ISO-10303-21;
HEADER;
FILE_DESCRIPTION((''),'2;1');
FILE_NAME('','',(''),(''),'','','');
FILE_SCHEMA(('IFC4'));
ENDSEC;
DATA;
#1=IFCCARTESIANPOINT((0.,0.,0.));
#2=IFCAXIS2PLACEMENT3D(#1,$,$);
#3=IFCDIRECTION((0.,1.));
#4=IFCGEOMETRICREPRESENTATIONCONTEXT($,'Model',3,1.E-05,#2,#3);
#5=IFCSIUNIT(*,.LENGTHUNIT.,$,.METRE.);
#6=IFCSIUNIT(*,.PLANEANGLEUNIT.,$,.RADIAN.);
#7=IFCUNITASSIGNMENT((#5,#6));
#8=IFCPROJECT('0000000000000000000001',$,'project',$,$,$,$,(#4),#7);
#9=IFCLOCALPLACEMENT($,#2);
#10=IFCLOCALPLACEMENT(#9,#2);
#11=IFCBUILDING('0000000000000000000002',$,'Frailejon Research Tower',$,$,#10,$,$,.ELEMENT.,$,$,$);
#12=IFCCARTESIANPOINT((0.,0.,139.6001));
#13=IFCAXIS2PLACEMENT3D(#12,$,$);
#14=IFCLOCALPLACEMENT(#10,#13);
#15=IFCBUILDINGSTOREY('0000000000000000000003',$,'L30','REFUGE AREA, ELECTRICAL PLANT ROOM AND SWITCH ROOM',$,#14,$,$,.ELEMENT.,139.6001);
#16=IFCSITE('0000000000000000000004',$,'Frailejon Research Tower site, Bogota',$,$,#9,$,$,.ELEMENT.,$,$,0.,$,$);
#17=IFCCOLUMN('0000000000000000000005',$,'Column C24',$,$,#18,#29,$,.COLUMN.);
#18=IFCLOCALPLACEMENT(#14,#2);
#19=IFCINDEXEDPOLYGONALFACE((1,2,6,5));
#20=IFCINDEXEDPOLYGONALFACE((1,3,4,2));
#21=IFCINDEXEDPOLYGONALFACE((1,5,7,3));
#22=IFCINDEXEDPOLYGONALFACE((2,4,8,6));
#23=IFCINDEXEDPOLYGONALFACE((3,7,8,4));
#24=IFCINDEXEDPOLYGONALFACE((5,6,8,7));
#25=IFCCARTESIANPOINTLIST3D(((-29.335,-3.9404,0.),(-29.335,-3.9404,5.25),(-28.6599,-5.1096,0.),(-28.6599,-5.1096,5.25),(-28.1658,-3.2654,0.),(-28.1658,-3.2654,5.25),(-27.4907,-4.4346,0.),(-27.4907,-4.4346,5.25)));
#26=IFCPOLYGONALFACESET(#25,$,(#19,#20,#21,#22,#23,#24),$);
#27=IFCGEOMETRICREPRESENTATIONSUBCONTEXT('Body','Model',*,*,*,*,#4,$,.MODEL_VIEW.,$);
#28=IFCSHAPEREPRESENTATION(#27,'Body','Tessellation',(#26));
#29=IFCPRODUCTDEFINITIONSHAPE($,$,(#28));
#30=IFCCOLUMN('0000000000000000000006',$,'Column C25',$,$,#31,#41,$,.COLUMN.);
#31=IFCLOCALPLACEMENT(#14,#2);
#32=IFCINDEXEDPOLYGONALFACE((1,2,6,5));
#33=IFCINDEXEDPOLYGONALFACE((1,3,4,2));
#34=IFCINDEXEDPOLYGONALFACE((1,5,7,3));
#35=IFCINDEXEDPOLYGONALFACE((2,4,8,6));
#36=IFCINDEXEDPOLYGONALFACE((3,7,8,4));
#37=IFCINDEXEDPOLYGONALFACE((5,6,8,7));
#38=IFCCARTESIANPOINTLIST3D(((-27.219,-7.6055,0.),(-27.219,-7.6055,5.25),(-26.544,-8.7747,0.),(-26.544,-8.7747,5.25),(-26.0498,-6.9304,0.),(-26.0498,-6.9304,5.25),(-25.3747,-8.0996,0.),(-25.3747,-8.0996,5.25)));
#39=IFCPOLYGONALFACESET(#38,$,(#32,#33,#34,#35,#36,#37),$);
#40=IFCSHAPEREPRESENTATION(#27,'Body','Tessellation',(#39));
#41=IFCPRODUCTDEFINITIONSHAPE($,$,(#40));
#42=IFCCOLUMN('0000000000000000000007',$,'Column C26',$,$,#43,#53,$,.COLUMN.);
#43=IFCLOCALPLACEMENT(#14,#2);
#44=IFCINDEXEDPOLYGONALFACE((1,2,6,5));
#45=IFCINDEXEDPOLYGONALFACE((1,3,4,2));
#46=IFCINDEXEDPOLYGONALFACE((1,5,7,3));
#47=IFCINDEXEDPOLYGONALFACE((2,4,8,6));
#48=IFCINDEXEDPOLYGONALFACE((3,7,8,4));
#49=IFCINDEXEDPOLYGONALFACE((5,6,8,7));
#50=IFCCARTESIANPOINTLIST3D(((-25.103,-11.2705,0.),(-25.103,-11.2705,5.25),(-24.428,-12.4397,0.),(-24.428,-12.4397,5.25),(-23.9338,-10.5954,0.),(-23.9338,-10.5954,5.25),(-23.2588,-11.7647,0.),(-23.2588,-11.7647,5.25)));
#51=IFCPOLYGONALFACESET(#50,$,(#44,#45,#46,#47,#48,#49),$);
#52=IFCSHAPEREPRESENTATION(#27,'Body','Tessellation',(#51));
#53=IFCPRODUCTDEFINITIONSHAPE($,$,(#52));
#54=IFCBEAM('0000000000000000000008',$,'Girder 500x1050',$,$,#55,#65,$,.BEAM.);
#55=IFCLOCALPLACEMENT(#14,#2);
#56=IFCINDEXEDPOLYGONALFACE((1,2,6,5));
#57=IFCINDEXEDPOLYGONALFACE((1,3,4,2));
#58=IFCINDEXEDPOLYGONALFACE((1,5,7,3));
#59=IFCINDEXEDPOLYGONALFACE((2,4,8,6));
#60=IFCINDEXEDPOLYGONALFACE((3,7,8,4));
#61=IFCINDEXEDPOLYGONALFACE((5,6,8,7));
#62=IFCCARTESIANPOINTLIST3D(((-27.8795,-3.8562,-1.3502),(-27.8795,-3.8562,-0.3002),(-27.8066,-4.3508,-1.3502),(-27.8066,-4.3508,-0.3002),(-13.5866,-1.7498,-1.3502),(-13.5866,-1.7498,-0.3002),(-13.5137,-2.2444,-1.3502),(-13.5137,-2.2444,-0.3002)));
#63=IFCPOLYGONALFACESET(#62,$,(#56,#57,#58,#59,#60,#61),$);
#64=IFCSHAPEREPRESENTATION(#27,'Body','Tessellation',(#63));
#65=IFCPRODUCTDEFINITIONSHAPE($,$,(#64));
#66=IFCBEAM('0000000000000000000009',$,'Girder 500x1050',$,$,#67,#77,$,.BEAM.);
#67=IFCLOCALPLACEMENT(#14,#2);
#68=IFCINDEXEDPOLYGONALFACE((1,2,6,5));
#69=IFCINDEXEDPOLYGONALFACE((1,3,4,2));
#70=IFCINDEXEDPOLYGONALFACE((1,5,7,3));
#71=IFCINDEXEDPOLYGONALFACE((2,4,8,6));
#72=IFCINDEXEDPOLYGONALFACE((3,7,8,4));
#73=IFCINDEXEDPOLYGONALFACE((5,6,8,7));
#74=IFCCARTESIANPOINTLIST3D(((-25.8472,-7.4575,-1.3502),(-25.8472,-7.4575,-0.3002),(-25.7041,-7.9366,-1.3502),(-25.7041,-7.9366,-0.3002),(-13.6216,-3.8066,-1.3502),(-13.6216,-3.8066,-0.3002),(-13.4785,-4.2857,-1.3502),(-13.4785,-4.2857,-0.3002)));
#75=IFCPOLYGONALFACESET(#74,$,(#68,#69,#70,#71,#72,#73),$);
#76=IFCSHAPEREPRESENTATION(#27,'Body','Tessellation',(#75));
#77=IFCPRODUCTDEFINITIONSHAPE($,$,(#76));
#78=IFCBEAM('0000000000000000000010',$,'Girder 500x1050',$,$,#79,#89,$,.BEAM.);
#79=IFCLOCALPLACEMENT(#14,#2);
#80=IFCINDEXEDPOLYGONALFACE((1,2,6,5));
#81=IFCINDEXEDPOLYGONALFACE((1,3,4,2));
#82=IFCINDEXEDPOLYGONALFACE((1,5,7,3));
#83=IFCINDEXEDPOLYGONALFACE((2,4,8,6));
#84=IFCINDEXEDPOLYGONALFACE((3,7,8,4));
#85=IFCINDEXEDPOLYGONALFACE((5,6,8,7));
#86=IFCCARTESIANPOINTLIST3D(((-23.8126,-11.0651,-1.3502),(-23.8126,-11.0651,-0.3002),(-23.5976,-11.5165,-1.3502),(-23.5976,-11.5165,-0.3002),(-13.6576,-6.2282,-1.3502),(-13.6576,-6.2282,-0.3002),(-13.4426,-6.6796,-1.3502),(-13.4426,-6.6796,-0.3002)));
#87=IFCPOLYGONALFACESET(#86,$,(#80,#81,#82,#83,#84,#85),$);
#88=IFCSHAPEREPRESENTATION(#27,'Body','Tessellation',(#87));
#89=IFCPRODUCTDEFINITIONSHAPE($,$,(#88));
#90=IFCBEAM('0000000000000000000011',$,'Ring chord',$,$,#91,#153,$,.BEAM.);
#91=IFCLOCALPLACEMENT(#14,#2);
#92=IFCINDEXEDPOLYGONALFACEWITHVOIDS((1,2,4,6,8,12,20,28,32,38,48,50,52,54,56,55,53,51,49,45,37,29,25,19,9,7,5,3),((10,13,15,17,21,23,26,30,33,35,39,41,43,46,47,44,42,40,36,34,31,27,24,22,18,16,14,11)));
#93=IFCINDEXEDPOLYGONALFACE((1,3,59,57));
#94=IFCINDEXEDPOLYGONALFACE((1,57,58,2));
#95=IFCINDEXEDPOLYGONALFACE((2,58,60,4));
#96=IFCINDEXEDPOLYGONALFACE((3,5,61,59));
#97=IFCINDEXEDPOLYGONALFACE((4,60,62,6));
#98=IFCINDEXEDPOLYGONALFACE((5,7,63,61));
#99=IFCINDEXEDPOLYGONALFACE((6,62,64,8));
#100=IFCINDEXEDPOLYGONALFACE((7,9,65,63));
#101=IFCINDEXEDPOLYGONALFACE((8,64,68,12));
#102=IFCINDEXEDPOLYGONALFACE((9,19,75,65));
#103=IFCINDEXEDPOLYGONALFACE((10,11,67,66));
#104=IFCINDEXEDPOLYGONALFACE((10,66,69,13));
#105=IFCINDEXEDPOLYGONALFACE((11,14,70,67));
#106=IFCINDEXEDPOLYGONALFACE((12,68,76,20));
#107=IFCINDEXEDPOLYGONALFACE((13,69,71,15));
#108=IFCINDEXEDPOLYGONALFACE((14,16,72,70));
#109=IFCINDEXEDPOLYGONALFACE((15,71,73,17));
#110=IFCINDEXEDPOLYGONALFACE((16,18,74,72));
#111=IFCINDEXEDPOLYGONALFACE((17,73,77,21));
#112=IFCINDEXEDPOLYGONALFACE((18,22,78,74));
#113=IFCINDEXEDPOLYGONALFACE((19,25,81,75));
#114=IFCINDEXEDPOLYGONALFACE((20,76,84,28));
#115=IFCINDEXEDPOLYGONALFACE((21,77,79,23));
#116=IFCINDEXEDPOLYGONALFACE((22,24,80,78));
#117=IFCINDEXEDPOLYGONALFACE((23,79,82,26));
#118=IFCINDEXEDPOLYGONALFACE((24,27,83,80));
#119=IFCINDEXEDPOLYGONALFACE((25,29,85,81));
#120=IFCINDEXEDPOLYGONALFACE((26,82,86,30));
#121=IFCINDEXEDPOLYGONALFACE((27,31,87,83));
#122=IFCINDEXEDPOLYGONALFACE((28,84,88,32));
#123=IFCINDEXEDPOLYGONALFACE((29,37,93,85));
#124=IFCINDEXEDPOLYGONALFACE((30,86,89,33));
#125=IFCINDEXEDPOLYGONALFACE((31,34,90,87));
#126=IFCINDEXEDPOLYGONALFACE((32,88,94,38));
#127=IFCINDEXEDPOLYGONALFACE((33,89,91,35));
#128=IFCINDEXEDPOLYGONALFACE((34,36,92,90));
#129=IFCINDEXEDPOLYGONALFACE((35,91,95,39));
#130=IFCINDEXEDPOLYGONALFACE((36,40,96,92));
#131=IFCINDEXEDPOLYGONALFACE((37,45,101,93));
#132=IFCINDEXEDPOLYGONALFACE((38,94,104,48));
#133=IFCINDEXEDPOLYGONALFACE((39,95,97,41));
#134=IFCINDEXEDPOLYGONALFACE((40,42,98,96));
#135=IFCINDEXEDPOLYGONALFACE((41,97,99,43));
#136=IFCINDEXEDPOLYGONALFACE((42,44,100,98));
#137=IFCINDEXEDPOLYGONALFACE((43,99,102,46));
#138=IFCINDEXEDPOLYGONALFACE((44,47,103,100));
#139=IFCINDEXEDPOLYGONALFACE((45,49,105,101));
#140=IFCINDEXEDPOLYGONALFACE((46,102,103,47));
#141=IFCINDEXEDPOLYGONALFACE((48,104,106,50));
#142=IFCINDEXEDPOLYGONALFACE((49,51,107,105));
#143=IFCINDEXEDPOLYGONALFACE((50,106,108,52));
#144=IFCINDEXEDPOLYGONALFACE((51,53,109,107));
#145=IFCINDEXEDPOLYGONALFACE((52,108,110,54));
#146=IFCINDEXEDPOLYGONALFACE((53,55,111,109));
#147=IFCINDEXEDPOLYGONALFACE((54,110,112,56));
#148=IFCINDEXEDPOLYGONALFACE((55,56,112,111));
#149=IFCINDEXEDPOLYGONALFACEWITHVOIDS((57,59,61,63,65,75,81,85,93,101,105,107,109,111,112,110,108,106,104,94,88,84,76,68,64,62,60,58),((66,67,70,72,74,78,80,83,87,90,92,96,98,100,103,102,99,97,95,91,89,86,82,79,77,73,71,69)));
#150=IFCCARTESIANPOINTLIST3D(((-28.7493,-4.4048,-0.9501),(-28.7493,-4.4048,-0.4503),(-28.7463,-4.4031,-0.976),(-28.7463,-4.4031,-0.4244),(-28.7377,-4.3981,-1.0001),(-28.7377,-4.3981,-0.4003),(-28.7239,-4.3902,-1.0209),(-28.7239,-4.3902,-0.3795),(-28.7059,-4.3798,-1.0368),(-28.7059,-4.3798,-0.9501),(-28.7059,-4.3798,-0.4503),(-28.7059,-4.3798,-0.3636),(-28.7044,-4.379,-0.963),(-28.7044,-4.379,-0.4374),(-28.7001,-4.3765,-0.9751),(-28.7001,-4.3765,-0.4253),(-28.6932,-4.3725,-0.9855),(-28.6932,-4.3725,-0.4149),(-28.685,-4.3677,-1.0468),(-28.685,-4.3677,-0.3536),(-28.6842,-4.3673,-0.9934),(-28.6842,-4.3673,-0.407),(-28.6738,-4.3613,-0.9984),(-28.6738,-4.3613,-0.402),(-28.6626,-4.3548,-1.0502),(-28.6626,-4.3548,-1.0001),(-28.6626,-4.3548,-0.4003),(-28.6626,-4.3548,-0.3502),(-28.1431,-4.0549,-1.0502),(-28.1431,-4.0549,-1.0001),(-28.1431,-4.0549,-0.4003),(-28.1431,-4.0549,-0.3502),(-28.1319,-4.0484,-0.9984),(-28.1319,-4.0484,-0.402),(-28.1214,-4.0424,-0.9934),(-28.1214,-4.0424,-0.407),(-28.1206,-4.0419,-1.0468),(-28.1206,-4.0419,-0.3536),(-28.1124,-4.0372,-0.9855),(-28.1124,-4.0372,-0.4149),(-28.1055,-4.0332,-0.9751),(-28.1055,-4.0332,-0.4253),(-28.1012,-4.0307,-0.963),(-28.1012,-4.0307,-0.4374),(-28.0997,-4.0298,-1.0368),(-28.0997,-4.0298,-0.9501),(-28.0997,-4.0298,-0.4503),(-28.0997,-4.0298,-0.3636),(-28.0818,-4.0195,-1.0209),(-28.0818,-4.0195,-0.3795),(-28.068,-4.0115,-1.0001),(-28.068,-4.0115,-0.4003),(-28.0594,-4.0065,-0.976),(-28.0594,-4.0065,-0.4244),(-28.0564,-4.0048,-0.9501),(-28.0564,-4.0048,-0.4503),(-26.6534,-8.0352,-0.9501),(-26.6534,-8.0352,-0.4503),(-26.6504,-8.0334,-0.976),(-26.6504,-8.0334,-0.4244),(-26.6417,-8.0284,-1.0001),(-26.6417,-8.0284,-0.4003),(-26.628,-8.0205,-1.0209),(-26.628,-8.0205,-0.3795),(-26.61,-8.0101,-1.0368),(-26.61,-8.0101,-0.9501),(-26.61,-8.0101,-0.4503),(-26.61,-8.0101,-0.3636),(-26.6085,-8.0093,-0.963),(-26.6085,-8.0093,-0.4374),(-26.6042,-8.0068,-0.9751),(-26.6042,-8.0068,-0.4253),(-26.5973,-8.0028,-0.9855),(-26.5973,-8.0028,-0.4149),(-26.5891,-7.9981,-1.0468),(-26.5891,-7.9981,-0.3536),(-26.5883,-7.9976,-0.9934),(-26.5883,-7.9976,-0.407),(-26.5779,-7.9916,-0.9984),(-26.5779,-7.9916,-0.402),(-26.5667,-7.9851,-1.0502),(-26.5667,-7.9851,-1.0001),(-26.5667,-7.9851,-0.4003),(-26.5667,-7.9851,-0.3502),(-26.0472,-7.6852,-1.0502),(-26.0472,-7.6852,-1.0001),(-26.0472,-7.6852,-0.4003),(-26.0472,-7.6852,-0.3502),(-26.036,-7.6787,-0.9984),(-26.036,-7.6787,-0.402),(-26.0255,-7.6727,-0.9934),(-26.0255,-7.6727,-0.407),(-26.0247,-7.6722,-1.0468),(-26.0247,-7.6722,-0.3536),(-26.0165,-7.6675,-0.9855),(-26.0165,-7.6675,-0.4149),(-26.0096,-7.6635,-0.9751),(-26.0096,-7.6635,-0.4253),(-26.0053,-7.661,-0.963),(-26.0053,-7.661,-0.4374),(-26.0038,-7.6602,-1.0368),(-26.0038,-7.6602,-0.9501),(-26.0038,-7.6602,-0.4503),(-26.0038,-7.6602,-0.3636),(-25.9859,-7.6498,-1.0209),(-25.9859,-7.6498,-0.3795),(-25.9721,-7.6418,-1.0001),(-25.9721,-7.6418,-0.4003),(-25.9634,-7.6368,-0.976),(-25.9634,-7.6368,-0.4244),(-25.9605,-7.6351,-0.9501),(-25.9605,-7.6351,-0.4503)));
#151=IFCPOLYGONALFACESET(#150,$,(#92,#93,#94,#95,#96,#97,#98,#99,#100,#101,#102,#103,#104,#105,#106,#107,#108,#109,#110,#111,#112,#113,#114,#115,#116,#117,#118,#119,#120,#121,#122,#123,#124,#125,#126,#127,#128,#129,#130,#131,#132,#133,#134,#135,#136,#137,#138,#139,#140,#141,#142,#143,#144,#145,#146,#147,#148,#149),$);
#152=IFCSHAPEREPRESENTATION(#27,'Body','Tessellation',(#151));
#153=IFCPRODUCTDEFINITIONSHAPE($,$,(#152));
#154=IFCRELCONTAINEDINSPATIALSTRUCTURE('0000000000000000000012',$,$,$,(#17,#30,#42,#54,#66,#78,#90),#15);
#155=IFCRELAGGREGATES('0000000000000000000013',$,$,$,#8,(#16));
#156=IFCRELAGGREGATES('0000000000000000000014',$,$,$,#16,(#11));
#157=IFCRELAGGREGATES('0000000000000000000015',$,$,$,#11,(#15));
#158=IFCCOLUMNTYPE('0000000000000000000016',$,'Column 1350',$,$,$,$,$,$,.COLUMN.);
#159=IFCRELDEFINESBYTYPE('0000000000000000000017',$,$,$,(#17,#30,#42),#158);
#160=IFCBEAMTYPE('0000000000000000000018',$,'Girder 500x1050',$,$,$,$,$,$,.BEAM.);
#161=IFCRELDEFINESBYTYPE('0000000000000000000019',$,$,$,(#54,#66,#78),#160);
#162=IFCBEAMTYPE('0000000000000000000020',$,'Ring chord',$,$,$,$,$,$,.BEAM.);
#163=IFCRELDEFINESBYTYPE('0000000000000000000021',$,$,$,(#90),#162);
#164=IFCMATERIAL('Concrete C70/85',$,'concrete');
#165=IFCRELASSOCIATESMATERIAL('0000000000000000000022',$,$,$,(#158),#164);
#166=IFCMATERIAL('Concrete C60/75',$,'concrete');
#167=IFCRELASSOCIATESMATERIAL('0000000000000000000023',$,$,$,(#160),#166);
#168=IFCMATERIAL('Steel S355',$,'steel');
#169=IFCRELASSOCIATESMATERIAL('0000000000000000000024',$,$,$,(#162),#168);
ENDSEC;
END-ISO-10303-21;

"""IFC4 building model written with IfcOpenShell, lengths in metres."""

from ifc_helpers import new_model, si_unit, direction, frame, origin, origin_2d, place, context, subcontext, project, spatial, rectangle, hollow_rectangle, extrude, material, material_profile, profile_set, type_object, element, save


model = new_model("IFC4")

# Units and contexts
model_context = context("Model", 3, precision=1e-05, world=origin(), true_north=direction((0.0, 1.0)))
body_context = subcontext(model_context, "Body", "Model", "MODEL_VIEW")
ifc_project = project(units=[si_unit("LENGTHUNIT", "METRE"), si_unit("PLANEANGLEUNIT", "RADIAN")], contexts=[model_context])

# Site, building, storey
site_placement = place(None, origin())
site = spatial("IfcSite", under=ifc_project, at=site_placement, Name="Frailejon Research Tower site, Bogota", CompositionType="ELEMENT", RefElevation=0.0)
building_placement = place(site_placement, origin())
building = spatial("IfcBuilding", under=site, at=building_placement, Name="Frailejon Research Tower", CompositionType="ELEMENT")
storey_placement = place(building_placement, frame((0.0, 0.0, 139.6001)))
storey = spatial("IfcBuildingStorey", under=building, at=storey_placement, Name="L30", Description="REFUGE AREA, ELECTRICAL PLANT ROOM AND SWITCH ROOM", CompositionType="ELEMENT", Elevation=139.6001)

# Columns
ifc_material_1 = material(Name="Concrete C70/85", Category="concrete")
ifc_material_profile_1 = material_profile(ifc_material_1, rectangle(XDim=1.3501, YDim=1.3501, at=origin_2d()), Name="Column 1350")
ifc_profile_set_1 = profile_set([ifc_material_profile_1], Name="Concrete C70/85")
column_type = type_object("IfcColumnType", Name="Column 1350", PredefinedType="COLUMN", material=ifc_profile_set_1)
for number, where, z_axis, x_axis, name in (
    (1, (-28.4128, -4.1875, 0.0), (0.0, 0.0, 1.0), (0.5, -0.866025, 0.0), "Column C24"),
    (2, (-26.2969, -7.8525, 0.0), (0.0, 0.0, 1.0), (0.5, -0.866025, 0.0), "Column C25"),
    (3, (-24.1809, -11.5176, 0.0), (0.0, 0.0, 1.0), (0.5, -0.866025, 0.0), "Column C26"),
):
    element("IfcColumn", number, at=place(storey_placement, frame(where, z_axis=z_axis, x_axis=x_axis)), inside=storey, type_object=column_type, Name=name, PredefinedType="COLUMN", context=body_context, shape_type="SweptSolid", body=[
        extrude(rectangle(XDim=1.3501, YDim=1.3501, at=origin_2d()), origin(), (0.0, 0.0, 1.0), 5.25),
    ])

# Beams
ifc_material_2 = material(Name="Concrete C60/75", Category="concrete")
ifc_material_profile_2 = material_profile(ifc_material_2, rectangle(XDim=0.5, YDim=1.05, at=origin_2d()), Name="Girder 500x1050")
ifc_profile_set_2 = profile_set([ifc_material_profile_2], Name="Concrete C60/75")
beam_type_1 = type_object("IfcBeamType", Name="Girder 500x1050", PredefinedType="BEAM", material=ifc_profile_set_2)
beam_1_placement = place(storey_placement, frame((-27.843, -4.1035, -0.8252), z_axis=(0.989314, 0.145801, 0.0), x_axis=(-0.145801, 0.989314, 0.0)))
element("IfcBeam", 4, at=beam_1_placement, inside=storey, type_object=beam_type_1, Name="Girder 500x1050", PredefinedType="BEAM", context=body_context, shape_type="SweptSolid", body=[
    extrude(rectangle(XDim=0.5, YDim=1.05, at=origin_2d()), origin(), (0.0, 0.0, 1.0), 14.4473),
])
beam_2_placement = place(storey_placement, frame((-25.7756, -7.697, -0.8252), z_axis=(0.958188, 0.28614, 0.0), x_axis=(-0.28614, 0.958188, 0.0)))
element("IfcBeam", 5, at=beam_2_placement, inside=storey, type_object=beam_type_1, Name="Girder 500x1050", PredefinedType="BEAM", context=body_context, shape_type="SweptSolid", body=[
    extrude(rectangle(XDim=0.5, YDim=1.05, at=origin_2d()), origin(), (0.0, 0.0, 1.0), 12.759),
])
beam_3_placement = place(storey_placement, frame((-23.7051, -11.2908, -0.8252), z_axis=(0.90282, 0.43002, 0.0), x_axis=(-0.43002, 0.90282, 0.0)))
element("IfcBeam", 6, at=beam_3_placement, inside=storey, type_object=beam_type_1, Name="Girder 500x1050", PredefinedType="BEAM", context=body_context, shape_type="SweptSolid", body=[
    extrude(rectangle(XDim=0.5, YDim=1.05, at=origin_2d()), origin(), (0.0, 0.0, 1.0), 11.248),
])
ifc_material_3 = material(Name="Steel S355", Category="steel")
ifc_material_profile_3 = material_profile(ifc_material_3, hollow_rectangle(XDim=0.8, YDim=0.7, WallThickness=0.05, InnerFilletRadius=0.05, OuterFilletRadius=0.1001, at=origin_2d()), Name="Ring chord")
ifc_profile_set_3 = profile_set([ifc_material_profile_3], Name="Steel S355")
beam_type_2 = type_object("IfcBeamType", Name="Ring chord", PredefinedType="BEAM", material=ifc_profile_set_3)
for number, where, z_axis, x_axis, name in (
    (7, (-28.4028, -4.2048, -0.7002), (0.499991, -0.86603, 0.0), (0.86603, 0.499991, 0.0), "Ring chord"),
):
    element("IfcBeam", number, at=place(storey_placement, frame(where, z_axis=z_axis, x_axis=x_axis)), inside=storey, type_object=beam_type_2, Name=name, PredefinedType="BEAM", context=body_context, shape_type="SweptSolid", body=[
        extrude(hollow_rectangle(XDim=0.8, YDim=0.7, WallThickness=0.05, InnerFilletRadius=0.05, OuterFilletRadius=0.1001, at=origin_2d()), origin(), (0.0, 0.0, 1.0), 4.1919),
    ])

save(model, "model.ifc")
